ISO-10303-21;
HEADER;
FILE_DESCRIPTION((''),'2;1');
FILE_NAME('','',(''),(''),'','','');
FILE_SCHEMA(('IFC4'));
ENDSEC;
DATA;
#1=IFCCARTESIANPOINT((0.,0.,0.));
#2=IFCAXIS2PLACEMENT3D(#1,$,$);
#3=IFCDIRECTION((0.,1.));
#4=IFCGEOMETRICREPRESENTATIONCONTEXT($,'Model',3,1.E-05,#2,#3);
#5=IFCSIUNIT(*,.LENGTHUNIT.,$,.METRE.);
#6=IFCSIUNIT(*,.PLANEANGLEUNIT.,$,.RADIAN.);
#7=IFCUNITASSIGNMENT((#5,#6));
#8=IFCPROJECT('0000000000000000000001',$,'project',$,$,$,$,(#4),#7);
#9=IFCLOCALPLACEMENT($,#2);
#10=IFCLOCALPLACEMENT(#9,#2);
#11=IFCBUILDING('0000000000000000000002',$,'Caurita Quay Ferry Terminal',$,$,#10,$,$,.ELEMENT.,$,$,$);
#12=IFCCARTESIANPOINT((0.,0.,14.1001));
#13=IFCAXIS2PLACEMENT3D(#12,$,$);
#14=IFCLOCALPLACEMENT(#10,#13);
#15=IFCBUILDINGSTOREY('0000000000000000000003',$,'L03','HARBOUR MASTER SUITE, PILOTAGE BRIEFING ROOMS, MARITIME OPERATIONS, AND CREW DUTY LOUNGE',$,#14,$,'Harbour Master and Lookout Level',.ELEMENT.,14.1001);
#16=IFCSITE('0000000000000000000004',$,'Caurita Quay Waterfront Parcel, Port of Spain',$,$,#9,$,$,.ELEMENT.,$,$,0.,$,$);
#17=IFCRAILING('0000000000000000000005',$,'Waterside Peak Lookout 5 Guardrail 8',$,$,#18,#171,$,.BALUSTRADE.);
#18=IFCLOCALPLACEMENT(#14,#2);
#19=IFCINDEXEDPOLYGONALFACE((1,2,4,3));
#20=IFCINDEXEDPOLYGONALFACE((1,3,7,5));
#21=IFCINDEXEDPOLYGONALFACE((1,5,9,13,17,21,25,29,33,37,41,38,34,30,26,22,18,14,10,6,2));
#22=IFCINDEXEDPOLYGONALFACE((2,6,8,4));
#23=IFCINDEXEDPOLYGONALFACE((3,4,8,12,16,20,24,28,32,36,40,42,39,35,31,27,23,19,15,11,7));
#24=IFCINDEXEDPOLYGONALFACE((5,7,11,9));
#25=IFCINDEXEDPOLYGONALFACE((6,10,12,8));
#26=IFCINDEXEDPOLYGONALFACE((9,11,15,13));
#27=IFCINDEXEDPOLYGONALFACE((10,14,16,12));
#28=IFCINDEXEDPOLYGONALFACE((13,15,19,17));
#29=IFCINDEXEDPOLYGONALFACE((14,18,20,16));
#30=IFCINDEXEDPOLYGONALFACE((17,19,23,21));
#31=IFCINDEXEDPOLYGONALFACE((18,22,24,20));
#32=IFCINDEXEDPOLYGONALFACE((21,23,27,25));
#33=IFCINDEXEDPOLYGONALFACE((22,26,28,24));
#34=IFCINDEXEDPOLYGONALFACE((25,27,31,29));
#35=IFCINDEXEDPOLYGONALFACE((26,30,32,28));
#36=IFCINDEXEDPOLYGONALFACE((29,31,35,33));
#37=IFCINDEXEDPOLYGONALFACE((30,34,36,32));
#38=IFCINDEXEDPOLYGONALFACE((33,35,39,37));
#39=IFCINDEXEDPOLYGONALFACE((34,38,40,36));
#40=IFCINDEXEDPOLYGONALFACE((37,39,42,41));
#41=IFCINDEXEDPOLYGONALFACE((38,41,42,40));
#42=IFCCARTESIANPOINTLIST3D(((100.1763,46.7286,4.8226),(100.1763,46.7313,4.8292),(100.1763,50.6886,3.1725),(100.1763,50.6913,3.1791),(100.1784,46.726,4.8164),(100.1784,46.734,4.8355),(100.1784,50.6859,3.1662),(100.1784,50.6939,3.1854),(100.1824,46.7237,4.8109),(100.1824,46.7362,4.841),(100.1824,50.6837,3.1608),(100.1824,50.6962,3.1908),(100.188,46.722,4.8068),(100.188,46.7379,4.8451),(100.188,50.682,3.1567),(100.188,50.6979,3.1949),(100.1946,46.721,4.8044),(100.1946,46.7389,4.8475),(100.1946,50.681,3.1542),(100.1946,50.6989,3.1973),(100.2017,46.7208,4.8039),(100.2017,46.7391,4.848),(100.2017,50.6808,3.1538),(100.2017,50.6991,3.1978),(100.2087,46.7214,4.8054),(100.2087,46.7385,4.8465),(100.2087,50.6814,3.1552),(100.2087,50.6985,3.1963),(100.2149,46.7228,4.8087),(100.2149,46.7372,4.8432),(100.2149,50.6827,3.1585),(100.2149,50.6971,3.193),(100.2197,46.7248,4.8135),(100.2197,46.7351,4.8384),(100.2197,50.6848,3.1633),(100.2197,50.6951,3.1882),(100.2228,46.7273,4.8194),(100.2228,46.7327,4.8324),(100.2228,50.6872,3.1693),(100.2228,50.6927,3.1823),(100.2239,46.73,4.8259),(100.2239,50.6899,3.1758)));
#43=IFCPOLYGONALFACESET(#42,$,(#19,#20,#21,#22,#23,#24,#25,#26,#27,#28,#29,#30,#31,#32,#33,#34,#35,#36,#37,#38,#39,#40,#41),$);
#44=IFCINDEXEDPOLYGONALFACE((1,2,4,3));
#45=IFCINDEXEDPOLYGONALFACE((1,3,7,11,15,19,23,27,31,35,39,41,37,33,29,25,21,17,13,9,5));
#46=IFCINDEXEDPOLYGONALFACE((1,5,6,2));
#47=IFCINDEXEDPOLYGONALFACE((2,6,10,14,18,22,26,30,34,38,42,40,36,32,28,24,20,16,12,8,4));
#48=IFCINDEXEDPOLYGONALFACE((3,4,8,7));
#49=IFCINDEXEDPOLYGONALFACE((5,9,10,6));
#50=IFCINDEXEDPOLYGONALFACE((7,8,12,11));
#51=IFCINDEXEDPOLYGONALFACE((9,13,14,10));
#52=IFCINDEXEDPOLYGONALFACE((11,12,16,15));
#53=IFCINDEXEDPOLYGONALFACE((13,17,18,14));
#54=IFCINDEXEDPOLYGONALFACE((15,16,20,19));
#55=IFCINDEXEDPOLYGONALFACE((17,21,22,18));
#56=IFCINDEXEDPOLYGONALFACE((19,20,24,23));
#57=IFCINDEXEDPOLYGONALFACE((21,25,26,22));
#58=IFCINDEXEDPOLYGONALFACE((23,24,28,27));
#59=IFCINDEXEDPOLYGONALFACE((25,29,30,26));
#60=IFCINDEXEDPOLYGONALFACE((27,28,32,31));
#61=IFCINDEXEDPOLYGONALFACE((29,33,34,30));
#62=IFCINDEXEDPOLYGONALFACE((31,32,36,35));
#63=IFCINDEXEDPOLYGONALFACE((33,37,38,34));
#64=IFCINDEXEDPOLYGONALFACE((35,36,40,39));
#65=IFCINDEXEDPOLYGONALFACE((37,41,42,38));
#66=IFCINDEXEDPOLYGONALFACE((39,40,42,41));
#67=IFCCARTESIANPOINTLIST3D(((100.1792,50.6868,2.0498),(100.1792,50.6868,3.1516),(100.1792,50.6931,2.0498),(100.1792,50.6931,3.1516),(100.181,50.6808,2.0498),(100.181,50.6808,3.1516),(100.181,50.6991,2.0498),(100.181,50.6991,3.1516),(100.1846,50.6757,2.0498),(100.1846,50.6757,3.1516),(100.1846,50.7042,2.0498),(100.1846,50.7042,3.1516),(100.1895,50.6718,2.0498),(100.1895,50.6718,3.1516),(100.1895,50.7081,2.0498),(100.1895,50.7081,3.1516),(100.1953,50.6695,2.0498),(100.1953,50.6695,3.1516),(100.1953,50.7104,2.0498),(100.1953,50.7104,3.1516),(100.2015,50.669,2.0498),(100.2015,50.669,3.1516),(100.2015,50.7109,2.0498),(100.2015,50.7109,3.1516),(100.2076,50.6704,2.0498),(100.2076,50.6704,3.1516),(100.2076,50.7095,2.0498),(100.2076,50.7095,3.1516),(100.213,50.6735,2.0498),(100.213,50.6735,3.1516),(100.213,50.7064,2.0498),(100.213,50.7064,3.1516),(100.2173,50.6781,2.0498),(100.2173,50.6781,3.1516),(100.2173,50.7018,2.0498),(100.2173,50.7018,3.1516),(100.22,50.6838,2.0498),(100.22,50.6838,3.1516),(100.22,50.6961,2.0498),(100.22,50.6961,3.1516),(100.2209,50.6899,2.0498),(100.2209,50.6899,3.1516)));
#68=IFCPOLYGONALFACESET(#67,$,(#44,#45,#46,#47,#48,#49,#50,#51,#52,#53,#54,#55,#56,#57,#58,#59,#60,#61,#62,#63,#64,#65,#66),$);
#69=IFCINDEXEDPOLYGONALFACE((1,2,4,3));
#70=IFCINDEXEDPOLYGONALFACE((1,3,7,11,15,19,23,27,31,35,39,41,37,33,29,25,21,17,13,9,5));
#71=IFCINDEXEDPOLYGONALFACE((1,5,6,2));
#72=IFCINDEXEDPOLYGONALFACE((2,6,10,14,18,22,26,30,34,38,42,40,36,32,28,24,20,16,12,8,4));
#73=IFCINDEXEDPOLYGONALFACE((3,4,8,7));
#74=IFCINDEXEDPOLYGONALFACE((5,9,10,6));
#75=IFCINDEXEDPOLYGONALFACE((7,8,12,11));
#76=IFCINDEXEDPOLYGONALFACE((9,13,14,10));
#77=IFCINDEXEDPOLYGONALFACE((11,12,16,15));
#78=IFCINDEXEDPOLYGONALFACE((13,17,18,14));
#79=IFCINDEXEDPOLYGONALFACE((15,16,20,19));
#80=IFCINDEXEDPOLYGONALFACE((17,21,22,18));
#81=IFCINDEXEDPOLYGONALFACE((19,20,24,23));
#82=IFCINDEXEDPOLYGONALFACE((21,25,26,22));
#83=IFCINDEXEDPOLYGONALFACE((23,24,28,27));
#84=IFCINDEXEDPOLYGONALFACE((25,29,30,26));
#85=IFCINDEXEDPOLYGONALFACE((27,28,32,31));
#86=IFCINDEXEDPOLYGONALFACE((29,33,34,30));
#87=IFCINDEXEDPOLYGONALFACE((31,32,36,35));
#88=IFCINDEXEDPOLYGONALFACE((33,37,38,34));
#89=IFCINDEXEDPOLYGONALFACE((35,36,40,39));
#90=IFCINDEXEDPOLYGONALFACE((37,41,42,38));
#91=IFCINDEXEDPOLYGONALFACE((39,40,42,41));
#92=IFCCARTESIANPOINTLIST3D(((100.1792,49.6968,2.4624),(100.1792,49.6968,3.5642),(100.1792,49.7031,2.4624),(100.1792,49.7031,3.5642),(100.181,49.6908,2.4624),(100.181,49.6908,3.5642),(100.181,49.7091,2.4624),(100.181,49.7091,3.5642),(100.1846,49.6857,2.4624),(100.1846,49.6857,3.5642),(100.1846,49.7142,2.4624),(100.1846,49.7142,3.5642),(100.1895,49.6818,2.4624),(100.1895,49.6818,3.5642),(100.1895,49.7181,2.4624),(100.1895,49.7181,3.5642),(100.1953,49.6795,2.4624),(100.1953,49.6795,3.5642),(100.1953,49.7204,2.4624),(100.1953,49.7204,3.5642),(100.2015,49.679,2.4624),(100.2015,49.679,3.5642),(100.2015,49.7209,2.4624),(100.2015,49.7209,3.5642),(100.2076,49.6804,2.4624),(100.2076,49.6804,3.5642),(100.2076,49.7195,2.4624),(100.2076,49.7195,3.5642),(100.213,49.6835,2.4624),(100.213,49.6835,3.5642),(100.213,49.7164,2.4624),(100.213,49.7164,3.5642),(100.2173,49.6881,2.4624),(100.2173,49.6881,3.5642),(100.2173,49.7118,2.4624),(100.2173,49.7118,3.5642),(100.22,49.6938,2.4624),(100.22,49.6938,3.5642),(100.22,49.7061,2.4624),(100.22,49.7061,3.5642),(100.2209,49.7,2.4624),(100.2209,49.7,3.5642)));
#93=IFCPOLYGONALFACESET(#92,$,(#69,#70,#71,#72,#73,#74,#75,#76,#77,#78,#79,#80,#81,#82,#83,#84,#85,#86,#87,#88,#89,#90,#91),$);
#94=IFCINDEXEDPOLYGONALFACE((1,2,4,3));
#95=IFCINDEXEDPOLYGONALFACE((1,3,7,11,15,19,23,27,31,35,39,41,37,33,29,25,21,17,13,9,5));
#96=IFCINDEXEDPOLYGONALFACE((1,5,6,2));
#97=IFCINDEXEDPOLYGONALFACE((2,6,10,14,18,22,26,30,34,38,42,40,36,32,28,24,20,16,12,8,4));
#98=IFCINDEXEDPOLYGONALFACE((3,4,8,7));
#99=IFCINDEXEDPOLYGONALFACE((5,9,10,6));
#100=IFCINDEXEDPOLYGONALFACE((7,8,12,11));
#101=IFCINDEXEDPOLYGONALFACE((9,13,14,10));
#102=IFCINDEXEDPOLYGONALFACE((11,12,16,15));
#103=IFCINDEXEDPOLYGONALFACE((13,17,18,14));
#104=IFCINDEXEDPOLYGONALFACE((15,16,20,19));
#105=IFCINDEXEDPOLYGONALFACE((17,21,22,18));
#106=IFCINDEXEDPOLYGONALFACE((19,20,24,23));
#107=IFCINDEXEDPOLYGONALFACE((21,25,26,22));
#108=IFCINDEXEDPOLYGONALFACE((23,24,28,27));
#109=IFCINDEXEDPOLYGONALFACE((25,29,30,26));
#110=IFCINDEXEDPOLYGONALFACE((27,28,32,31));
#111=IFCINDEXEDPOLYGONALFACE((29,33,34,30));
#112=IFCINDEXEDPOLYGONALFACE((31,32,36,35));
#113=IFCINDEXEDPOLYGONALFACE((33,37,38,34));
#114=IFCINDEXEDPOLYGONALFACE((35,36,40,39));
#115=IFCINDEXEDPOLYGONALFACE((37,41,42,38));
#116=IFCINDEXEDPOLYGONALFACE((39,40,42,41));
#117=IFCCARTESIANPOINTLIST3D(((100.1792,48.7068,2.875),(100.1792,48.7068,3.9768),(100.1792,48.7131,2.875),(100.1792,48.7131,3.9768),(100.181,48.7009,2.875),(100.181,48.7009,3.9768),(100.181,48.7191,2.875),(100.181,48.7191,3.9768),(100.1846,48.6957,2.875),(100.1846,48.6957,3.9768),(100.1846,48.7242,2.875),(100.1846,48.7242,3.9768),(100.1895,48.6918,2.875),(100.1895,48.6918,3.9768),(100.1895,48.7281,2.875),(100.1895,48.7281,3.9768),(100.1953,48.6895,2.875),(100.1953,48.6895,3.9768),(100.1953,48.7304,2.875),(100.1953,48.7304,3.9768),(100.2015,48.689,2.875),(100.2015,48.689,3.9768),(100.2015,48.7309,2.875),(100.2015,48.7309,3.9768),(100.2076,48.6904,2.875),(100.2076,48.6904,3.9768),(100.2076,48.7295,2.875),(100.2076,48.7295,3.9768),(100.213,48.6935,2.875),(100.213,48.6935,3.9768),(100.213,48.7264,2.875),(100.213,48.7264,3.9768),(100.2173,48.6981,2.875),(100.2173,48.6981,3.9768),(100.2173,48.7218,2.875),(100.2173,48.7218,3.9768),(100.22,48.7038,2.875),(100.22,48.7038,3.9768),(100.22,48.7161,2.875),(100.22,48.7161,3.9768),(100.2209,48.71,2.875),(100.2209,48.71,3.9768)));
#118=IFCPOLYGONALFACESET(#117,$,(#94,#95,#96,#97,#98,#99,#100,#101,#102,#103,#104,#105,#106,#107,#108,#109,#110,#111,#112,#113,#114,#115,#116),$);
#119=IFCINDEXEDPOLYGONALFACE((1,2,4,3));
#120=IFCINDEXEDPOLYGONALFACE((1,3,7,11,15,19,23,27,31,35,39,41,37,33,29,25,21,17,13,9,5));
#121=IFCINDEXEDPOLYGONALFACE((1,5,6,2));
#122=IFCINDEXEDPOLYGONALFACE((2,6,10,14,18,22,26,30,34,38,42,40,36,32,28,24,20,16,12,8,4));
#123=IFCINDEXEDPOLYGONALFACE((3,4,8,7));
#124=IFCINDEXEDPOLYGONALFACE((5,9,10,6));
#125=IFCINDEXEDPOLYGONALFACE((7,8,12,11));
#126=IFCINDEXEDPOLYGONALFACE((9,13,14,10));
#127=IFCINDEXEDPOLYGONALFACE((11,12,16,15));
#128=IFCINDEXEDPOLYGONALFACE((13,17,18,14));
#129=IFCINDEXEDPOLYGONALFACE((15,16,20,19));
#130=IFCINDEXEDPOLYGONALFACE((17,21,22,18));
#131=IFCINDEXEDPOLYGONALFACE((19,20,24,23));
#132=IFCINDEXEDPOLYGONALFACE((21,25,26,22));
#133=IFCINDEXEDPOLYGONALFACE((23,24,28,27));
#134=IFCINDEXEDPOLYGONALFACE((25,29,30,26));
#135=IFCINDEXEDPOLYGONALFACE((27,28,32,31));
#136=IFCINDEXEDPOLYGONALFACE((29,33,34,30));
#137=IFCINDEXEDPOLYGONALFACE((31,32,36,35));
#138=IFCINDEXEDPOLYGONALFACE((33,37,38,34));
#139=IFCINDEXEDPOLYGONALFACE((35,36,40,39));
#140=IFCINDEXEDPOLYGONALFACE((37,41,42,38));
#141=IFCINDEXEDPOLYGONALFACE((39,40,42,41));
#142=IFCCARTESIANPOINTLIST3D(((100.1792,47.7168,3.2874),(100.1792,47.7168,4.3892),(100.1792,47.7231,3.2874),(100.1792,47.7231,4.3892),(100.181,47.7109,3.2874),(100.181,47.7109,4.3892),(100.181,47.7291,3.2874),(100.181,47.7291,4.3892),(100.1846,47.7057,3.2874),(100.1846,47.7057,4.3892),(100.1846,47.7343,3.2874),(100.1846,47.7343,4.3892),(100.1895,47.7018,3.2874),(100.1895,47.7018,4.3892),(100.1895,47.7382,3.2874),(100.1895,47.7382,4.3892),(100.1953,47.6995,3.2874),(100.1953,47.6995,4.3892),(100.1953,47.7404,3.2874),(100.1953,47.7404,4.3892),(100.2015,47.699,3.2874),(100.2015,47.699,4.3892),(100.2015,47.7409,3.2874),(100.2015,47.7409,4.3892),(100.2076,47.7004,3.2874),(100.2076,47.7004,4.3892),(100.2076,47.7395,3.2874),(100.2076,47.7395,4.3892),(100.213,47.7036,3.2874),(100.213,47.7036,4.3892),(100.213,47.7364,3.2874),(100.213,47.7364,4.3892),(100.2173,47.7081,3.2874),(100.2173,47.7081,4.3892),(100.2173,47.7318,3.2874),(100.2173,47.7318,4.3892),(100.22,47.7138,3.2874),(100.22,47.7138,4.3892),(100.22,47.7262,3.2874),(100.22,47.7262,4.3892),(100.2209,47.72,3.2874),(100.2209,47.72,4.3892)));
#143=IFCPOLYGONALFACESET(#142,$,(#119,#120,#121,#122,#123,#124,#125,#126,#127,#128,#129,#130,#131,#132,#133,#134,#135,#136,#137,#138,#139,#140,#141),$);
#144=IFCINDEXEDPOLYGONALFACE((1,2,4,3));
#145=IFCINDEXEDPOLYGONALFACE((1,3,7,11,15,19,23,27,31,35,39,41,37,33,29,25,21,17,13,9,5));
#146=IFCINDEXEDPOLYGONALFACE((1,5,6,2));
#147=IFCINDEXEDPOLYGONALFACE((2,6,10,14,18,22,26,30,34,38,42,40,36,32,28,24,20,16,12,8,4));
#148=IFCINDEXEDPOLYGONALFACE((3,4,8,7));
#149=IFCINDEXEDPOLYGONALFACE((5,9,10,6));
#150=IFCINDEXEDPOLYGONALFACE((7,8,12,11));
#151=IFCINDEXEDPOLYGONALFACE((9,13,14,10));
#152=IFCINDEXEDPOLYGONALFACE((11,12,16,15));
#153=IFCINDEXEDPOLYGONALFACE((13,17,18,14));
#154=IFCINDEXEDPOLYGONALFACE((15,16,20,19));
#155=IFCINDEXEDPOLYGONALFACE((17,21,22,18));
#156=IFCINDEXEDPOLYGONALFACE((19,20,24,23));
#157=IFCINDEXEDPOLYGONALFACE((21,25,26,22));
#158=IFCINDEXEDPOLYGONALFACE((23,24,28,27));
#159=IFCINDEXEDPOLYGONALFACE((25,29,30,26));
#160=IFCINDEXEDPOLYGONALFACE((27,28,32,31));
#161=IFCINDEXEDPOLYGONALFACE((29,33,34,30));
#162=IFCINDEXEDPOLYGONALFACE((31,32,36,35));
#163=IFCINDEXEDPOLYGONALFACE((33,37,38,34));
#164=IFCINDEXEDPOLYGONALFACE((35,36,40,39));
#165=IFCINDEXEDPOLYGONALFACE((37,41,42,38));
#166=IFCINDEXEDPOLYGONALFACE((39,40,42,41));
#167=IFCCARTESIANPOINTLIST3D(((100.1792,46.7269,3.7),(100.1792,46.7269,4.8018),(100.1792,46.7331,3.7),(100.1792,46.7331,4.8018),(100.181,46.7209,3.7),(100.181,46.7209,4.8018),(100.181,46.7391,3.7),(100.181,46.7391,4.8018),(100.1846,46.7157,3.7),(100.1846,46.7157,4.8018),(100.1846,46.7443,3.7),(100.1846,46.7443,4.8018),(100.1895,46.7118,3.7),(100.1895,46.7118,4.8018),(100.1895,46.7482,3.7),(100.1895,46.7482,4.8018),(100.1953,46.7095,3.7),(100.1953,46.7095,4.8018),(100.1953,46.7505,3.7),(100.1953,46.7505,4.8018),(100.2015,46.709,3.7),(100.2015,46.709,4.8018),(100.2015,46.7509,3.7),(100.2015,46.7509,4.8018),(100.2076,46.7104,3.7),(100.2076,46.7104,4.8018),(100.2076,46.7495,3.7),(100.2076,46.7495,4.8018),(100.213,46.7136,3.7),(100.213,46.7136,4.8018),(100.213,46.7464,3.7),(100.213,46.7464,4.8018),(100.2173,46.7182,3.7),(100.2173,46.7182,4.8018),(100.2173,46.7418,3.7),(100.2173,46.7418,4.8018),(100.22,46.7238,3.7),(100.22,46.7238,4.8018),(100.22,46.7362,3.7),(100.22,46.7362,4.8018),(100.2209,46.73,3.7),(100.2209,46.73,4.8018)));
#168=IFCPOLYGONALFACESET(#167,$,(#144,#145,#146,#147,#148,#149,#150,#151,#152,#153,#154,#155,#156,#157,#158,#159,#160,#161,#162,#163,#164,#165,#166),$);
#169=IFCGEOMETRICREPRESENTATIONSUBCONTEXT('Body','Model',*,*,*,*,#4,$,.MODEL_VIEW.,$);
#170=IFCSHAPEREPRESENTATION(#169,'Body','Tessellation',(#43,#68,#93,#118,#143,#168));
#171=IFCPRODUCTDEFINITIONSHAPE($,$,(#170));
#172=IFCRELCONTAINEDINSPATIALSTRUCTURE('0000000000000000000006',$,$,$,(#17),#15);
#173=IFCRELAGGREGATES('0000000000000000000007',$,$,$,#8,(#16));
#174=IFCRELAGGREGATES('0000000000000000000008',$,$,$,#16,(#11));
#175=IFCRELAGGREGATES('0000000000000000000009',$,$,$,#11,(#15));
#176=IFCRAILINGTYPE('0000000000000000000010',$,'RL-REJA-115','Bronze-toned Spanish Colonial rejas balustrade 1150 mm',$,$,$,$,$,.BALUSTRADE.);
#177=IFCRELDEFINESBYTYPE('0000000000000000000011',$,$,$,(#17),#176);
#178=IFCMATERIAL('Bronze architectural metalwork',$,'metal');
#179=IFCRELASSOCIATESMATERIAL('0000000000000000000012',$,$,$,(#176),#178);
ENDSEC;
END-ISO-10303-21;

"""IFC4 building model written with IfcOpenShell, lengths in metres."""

from ifc_helpers import new_model, si_unit, direction, frame, origin, origin_2d, place, context, subcontext, project, spatial, circle, extrude, material, type_object, element, save


model = new_model("IFC4")

# Units and contexts
model_context = context("Model", 3, precision=1e-05, world=origin(), true_north=direction((0.0, 1.0)))
body_context = subcontext(model_context, "Body", "Model", "MODEL_VIEW")
ifc_project = project(units=[si_unit("LENGTHUNIT", "METRE"), si_unit("PLANEANGLEUNIT", "RADIAN")], contexts=[model_context])

# Site, building, storey
site_placement = place(None, origin())
site = spatial("IfcSite", under=ifc_project, at=site_placement, Name="Caurita Quay Waterfront Parcel, Port of Spain", CompositionType="ELEMENT", RefElevation=0.0)
building_placement = place(site_placement, origin())
building = spatial("IfcBuilding", under=site, at=building_placement, Name="Caurita Quay Ferry Terminal", CompositionType="ELEMENT")
storey_placement = place(building_placement, frame((0.0, 0.0, 14.1001)))
storey = spatial("IfcBuildingStorey", under=building, at=storey_placement, Name="L03", Description="HARBOUR MASTER SUITE, PILOTAGE BRIEFING ROOMS, MARITIME OPERATIONS, AND CREW DUTY LOUNGE", LongName="Harbour Master and Lookout Level", CompositionType="ELEMENT", Elevation=14.1001)

# Railing
ifc_material_1 = material(Name="Bronze architectural metalwork", Category="metal")
railing_type = type_object("IfcRailingType", Name="RL-REJA-115", Description="Bronze-toned Spanish Colonial rejas balustrade 1150 mm", PredefinedType="BALUSTRADE", material=ifc_material_1)
railing_placement = place(storey_placement, frame((100.2, 50.6899, 2.0498)))
element("IfcRailing", 1, at=railing_placement, inside=storey, type_object=railing_type, Name="Waterside Peak Lookout 5 Guardrail 8", PredefinedType="BALUSTRADE", context=body_context, shape_type="SweptSolid", body=[
    extrude(circle(Radius=0.0239, at=origin_2d()), frame((0.0, 0.0, 1.126), z_axis=(0.0, -0.923063, 0.384648), x_axis=(1.0, 0.0, 0.0)), (0.0, 0.0, 1.0), 4.29),
    extrude(circle(Radius=0.021, at=origin_2d()), origin(), (0.0, 0.0, 1.0), 1.1018),
    extrude(circle(Radius=0.021, at=origin_2d()), frame((0.0, -0.99, 0.4126)), (0.0, 0.0, 1.0), 1.1018),
    extrude(circle(Radius=0.021, at=origin_2d()), frame((0.0, -1.98, 0.8252)), (0.0, 0.0, 1.0), 1.1018),
    extrude(circle(Radius=0.021, at=origin_2d()), frame((0.0, -2.97, 1.2375)), (0.0, 0.0, 1.0), 1.1018),
    extrude(circle(Radius=0.021, at=origin_2d()), frame((0.0, -3.96, 1.6501)), (0.0, 0.0, 1.0), 1.1018),
])

save(model, "model.ifc")
